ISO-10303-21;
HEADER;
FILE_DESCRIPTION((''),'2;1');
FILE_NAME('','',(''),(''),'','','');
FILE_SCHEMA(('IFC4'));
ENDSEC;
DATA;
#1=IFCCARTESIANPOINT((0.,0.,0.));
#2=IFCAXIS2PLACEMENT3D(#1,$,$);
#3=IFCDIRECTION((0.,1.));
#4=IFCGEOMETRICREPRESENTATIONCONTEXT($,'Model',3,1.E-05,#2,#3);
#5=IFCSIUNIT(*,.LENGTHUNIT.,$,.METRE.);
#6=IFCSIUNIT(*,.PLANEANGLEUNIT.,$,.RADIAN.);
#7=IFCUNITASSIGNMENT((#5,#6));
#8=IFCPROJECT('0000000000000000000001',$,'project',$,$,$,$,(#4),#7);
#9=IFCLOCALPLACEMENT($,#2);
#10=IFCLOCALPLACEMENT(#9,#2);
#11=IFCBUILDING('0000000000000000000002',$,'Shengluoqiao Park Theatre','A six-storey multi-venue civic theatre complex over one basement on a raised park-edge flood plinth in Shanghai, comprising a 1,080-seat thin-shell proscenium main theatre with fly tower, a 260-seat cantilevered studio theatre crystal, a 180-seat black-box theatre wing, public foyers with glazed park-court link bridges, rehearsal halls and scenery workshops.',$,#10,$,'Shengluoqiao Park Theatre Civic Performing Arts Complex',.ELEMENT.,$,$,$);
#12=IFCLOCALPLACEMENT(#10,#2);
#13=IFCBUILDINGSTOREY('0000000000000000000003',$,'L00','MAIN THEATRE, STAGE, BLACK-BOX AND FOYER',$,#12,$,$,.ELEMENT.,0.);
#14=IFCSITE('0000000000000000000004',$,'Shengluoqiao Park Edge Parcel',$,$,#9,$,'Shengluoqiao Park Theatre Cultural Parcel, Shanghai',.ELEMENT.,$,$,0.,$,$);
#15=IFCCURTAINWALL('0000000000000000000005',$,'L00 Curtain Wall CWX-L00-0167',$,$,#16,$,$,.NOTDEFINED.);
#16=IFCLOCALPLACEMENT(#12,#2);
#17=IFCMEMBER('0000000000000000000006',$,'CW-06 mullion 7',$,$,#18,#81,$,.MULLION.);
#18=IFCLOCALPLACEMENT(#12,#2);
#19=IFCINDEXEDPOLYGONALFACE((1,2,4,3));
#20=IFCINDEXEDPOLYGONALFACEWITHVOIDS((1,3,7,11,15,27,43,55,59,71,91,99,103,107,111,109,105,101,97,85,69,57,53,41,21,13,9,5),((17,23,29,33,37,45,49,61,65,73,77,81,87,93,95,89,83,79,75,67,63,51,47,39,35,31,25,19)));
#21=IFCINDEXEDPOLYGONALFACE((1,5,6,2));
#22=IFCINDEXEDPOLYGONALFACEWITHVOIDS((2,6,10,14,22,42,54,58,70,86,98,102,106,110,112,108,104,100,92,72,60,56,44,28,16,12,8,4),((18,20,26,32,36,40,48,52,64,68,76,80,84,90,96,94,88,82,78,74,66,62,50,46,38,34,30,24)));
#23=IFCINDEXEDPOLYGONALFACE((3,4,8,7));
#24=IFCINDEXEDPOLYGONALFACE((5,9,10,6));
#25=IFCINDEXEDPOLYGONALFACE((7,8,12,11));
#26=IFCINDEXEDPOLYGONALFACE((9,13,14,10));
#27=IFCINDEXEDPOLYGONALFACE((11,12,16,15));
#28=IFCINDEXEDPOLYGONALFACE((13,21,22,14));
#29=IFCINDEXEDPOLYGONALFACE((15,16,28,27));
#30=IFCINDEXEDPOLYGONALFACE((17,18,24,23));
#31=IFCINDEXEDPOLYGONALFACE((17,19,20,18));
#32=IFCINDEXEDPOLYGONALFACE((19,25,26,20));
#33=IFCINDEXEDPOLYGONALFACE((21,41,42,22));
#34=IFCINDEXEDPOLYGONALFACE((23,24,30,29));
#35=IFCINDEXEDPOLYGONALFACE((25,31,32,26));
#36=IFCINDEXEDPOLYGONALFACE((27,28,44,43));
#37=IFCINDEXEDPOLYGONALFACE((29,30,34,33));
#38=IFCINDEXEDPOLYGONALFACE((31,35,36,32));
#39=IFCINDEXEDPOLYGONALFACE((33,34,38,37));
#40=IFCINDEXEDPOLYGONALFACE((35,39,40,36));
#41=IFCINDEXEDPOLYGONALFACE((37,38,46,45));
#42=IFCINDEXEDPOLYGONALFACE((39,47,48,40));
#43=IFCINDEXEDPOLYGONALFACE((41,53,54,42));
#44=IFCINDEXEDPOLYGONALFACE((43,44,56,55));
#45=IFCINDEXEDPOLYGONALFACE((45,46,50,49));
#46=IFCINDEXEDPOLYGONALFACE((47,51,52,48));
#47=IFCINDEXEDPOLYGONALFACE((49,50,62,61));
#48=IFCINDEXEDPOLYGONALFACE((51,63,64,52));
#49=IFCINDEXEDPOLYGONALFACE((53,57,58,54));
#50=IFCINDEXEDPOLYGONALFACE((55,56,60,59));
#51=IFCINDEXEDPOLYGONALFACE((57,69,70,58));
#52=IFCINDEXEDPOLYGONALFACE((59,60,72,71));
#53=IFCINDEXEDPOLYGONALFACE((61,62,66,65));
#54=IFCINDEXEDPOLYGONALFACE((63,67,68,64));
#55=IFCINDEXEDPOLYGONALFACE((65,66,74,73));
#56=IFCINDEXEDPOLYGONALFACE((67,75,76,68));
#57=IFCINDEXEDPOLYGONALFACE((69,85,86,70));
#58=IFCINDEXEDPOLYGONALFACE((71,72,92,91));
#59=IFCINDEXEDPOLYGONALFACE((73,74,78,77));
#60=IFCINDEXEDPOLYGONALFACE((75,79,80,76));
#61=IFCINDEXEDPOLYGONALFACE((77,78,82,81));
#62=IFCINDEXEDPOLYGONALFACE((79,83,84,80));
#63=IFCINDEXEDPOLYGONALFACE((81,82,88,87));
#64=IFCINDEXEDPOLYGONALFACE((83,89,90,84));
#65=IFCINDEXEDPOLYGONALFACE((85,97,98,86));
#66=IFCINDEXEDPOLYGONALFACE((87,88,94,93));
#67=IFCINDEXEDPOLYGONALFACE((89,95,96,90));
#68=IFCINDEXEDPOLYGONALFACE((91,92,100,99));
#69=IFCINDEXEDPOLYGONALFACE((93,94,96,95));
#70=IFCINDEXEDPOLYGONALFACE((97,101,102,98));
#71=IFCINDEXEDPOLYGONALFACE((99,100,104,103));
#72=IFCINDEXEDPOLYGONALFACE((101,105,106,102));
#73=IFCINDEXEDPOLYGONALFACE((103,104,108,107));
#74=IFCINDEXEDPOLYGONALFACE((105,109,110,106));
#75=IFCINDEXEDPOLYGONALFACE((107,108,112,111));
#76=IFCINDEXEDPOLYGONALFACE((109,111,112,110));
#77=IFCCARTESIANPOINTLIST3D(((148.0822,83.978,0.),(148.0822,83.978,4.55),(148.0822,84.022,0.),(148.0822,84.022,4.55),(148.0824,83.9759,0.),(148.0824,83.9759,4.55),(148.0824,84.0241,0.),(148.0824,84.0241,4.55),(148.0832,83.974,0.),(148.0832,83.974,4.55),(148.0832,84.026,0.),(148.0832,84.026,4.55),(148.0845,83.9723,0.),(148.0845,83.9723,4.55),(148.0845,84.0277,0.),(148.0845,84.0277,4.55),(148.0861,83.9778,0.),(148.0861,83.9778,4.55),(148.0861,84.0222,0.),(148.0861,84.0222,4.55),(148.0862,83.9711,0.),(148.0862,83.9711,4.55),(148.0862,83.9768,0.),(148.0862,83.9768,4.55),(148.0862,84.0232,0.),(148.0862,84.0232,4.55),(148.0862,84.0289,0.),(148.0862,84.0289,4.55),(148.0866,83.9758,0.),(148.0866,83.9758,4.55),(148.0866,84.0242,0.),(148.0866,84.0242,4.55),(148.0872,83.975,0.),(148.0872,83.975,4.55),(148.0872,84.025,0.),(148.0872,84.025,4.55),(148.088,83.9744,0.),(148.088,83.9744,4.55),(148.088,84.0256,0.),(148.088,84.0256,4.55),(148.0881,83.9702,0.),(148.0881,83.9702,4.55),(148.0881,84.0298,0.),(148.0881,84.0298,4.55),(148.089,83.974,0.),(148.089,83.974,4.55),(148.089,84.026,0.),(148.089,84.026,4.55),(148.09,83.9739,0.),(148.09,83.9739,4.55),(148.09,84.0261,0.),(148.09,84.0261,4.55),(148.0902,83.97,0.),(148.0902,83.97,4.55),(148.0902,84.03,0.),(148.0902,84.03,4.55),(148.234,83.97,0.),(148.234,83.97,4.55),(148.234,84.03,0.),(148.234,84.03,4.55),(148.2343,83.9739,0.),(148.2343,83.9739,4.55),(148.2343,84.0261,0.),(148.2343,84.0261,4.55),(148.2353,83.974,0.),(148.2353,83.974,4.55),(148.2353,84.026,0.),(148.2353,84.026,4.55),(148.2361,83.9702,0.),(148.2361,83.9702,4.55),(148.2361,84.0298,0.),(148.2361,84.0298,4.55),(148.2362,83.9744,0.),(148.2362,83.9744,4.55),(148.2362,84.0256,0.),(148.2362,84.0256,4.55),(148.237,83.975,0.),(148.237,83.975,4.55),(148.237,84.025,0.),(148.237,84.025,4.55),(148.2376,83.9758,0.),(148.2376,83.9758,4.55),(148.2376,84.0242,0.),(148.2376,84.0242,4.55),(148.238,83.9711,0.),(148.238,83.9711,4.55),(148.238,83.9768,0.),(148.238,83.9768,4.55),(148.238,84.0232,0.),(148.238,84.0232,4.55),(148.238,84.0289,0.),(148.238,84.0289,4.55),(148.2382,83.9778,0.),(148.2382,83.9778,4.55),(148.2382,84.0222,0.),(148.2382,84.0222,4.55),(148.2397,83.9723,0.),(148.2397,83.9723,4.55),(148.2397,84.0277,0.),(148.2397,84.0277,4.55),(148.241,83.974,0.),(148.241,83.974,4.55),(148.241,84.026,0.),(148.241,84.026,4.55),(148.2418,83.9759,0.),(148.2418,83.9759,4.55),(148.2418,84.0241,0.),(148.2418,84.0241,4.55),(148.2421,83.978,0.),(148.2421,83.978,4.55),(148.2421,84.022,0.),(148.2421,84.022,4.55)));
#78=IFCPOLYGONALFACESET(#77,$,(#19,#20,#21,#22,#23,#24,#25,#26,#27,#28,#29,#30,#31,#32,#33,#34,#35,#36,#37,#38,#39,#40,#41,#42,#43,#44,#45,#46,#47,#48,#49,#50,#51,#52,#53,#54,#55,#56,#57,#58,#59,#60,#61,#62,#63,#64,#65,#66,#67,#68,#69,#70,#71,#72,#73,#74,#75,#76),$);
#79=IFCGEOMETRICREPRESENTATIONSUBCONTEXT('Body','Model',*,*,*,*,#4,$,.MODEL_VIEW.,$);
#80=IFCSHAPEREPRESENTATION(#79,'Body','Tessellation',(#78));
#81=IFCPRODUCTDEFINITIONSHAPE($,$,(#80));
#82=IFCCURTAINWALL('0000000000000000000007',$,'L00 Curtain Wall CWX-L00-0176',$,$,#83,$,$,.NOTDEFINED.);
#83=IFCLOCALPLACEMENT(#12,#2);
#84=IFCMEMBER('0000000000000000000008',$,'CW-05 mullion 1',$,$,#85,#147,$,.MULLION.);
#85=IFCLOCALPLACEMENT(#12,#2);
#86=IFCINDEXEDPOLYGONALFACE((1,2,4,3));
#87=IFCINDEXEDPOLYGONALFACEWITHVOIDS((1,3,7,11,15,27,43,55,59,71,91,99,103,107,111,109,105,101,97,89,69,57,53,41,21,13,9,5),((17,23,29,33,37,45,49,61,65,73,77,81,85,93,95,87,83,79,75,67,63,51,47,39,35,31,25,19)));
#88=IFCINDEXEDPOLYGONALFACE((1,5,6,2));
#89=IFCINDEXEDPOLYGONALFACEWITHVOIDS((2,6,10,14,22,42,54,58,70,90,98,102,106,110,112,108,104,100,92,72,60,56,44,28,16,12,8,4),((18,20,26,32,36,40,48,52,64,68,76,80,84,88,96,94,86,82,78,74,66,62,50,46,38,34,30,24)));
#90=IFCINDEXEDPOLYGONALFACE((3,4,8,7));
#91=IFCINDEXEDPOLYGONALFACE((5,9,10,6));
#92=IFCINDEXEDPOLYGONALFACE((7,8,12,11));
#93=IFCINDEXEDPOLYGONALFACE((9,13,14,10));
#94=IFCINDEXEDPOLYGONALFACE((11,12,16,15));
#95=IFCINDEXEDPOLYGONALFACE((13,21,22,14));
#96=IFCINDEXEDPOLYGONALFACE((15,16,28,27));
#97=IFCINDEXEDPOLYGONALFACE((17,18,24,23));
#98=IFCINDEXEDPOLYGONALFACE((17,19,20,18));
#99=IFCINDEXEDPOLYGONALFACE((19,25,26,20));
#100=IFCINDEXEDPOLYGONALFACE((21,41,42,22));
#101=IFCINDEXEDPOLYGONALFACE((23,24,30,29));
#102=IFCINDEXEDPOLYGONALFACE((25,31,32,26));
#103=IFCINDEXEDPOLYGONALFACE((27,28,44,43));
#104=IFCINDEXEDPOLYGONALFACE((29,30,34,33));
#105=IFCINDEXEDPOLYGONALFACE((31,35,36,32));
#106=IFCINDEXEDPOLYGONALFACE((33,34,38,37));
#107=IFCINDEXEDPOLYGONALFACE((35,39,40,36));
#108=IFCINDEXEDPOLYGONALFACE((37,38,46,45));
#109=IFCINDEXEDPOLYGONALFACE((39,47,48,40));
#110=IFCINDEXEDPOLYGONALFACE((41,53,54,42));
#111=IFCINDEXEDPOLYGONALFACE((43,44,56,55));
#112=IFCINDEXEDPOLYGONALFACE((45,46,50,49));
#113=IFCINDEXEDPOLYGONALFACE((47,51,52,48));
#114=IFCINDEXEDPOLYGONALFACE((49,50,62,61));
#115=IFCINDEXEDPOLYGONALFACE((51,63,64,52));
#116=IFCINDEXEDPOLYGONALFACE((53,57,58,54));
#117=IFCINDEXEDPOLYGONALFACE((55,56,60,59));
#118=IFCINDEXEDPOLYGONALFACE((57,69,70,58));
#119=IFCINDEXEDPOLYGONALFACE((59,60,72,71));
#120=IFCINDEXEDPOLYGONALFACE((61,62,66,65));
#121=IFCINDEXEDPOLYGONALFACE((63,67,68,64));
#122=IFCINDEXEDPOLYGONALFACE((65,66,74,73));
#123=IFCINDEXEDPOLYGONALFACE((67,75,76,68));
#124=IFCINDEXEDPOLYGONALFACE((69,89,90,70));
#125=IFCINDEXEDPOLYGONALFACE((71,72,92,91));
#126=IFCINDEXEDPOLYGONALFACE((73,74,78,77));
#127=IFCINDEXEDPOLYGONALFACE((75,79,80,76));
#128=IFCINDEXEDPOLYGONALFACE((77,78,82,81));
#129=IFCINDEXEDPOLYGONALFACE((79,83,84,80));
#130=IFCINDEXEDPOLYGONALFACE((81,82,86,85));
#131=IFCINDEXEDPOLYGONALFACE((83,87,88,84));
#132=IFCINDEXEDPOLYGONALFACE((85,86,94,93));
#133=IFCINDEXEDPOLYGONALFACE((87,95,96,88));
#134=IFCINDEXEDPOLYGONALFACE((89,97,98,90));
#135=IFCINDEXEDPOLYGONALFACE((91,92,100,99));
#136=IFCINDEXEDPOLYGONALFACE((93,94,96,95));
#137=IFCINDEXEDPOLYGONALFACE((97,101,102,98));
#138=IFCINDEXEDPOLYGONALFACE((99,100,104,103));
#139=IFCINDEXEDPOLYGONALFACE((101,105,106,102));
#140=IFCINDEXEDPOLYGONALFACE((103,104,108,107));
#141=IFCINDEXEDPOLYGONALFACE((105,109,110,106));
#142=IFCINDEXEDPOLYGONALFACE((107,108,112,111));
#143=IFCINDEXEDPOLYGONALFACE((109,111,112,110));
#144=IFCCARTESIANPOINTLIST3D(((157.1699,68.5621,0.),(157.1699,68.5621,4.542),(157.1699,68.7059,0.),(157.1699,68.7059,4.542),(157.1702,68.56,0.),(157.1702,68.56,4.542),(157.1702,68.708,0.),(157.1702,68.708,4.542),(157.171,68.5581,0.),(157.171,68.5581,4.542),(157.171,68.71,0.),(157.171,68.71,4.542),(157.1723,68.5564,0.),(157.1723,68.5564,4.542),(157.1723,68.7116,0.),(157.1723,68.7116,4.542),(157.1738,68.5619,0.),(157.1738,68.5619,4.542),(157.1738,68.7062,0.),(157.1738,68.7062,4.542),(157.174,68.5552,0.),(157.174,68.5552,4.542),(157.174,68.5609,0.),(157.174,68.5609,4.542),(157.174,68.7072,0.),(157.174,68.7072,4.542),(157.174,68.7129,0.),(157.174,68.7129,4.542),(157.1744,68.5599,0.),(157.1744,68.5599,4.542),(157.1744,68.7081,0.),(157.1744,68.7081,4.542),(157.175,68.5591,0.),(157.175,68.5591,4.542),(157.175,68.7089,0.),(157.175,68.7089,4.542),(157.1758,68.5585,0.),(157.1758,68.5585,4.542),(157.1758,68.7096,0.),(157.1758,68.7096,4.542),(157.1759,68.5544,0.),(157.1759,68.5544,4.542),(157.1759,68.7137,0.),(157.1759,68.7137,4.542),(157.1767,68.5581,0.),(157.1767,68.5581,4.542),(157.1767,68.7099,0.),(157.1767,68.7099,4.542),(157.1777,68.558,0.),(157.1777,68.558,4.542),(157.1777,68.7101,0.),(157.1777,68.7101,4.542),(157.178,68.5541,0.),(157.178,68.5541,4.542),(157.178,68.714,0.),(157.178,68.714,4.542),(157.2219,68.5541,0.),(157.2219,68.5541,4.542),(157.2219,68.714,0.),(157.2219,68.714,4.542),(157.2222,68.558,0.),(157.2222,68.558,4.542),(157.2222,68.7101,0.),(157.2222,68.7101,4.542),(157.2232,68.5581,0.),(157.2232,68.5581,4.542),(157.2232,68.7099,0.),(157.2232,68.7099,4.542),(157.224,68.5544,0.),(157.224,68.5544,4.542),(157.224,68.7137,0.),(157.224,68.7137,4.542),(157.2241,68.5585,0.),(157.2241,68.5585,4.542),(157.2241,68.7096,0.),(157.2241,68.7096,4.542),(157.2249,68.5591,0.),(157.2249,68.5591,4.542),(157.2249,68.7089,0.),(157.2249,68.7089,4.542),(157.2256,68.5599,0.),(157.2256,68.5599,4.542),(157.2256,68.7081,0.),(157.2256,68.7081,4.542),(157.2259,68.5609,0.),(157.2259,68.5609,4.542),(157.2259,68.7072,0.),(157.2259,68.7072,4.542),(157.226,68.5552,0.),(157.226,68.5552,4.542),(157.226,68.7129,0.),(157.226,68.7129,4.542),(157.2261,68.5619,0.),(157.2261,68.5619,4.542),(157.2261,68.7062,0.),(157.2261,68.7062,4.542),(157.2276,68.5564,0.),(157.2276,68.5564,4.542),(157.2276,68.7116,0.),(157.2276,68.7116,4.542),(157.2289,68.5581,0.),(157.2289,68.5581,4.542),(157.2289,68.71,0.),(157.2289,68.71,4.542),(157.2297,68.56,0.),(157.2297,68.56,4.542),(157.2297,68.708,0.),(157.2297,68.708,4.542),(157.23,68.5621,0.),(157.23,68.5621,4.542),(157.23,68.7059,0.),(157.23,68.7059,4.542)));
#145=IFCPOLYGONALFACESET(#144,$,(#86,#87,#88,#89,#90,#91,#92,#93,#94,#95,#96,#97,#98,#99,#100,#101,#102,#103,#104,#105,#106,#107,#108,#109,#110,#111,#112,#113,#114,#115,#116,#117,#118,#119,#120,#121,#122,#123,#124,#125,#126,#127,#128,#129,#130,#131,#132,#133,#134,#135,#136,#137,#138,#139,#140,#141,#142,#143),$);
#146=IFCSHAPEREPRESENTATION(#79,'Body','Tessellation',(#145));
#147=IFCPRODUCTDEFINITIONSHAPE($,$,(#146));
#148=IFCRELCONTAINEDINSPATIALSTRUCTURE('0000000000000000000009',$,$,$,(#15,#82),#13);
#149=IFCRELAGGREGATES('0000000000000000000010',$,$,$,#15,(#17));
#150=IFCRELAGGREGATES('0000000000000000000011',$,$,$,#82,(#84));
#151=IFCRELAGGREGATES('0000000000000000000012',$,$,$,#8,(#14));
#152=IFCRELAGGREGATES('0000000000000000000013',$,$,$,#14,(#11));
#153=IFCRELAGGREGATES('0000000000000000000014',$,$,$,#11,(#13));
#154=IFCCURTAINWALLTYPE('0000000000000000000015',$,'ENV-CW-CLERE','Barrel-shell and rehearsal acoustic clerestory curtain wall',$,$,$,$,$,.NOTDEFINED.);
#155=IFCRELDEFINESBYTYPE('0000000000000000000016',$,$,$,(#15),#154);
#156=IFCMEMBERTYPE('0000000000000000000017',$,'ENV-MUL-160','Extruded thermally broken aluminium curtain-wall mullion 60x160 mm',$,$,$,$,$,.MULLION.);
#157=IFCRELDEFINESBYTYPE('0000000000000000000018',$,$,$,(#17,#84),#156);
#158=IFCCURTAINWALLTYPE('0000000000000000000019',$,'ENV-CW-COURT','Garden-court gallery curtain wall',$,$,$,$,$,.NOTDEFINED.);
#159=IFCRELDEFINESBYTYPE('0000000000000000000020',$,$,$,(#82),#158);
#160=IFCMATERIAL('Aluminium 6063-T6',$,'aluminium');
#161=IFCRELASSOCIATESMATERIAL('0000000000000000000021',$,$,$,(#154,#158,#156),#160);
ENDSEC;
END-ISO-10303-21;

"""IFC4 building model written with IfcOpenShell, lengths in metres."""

from ifc_helpers import new_model, si_unit, direction, frame, origin, origin_2d, place, context, subcontext, project, spatial, hollow_rectangle, extrude, material, material_profile, profile_set, type_object, element, aggregate, save


model = new_model("IFC4")

# Units and contexts
model_context = context("Model", 3, precision=1e-05, world=origin(), true_north=direction((0.0, 1.0)))
body_context = subcontext(model_context, "Body", "Model", "MODEL_VIEW")
ifc_project = project(units=[si_unit("LENGTHUNIT", "METRE"), si_unit("PLANEANGLEUNIT", "RADIAN")], contexts=[model_context])

# Site, building, storey
site_placement = place(None, origin())
site = spatial("IfcSite", under=ifc_project, at=site_placement, Name="Shengluoqiao Park Edge Parcel", LongName="Shengluoqiao Park Theatre Cultural Parcel, Shanghai", CompositionType="ELEMENT", RefElevation=0.0)
building_placement = place(site_placement, origin())
building = spatial("IfcBuilding", under=site, at=building_placement, Name="Shengluoqiao Park Theatre", Description="A six-storey multi-venue civic theatre complex over one basement on a raised park-edge flood plinth in Shanghai, comprising a 1,080-seat thin-shell proscenium main theatre with fly tower, a 260-seat cantilevered studio theatre crystal, a 180-seat black-box theatre wing, public foyers with glazed park-court link bridges, rehearsal halls and scenery workshops.", LongName="Shengluoqiao Park Theatre Civic Performing Arts Complex", CompositionType="ELEMENT")
storey_placement = place(building_placement, origin())
storey = spatial("IfcBuildingStorey", under=building, at=storey_placement, Name="L00", Description="MAIN THEATRE, STAGE, BLACK-BOX AND FOYER", CompositionType="ELEMENT", Elevation=0.0)

# Curtain wall, member
ifc_material_1 = material(Name="Aluminium 6063-T6", Category="aluminium")
curtain_wall_type_1 = type_object("IfcCurtainWallType", Name="ENV-CW-CLERE", Description="Barrel-shell and rehearsal acoustic clerestory curtain wall", PredefinedType="NOTDEFINED", material=ifc_material_1)
curtain_wall_1_placement = place(storey_placement, origin())
curtain_wall_1 = element("IfcCurtainWall", 1, at=curtain_wall_1_placement, inside=storey, type_object=curtain_wall_type_1, Name="L00 Curtain Wall CWX-L00-0167", PredefinedType="NOTDEFINED")
ifc_material_profile_1 = material_profile(ifc_material_1, hollow_rectangle(XDim=0.0601, YDim=0.1599, WallThickness=0.0039, InnerFilletRadius=0.0039, OuterFilletRadius=0.0081, at=origin_2d()), Name="ALU MULLION 160x60x4")
ifc_profile_set_1 = profile_set([ifc_material_profile_1], Name="Aluminium 6063-T6")
member_type_1 = type_object("IfcMemberType", Name="ENV-MUL-160", Description="Extruded thermally broken aluminium curtain-wall mullion 60x160 mm", PredefinedType="MULLION", material=ifc_profile_set_1)
member_1_placement = place(storey_placement, frame((148.1621, 84.0, 0.0), z_axis=(0.0, 0.0, 1.0), x_axis=(0.0, 1.0, 0.0)))
member_1 = element("IfcMember", 2, at=member_1_placement, type_object=member_type_1, Name="CW-06 mullion 7", PredefinedType="MULLION", context=body_context, shape_type="SweptSolid", body=[
    extrude(hollow_rectangle(XDim=0.0601, YDim=0.1599, WallThickness=0.0039, InnerFilletRadius=0.0039, OuterFilletRadius=0.0081, at=origin_2d()), origin(), (0.0, 0.0, 1.0), 4.55),
])

# Curtain wall, member
curtain_wall_type_2 = type_object("IfcCurtainWallType", Name="ENV-CW-COURT", Description="Garden-court gallery curtain wall", PredefinedType="NOTDEFINED", material=ifc_material_1)
curtain_wall_2_placement = place(storey_placement, origin())
curtain_wall_2 = element("IfcCurtainWall", 3, at=curtain_wall_2_placement, inside=storey, type_object=curtain_wall_type_2, Name="L00 Curtain Wall CWX-L00-0176", PredefinedType="NOTDEFINED")
member_2_placement = place(storey_placement, frame((157.2, 68.634, 0.0), z_axis=(0.0, 0.0, 1.0), x_axis=(-1.0, 0.0, 0.0)))
member_2 = element("IfcMember", 4, at=member_2_placement, type_object=member_type_1, Name="CW-05 mullion 1", PredefinedType="MULLION", context=body_context, shape_type="SweptSolid", body=[
    extrude(hollow_rectangle(XDim=0.0601, YDim=0.1599, WallThickness=0.0039, InnerFilletRadius=0.0039, OuterFilletRadius=0.0081, at=origin_2d()), origin(), (0.0, 0.0, 1.0), 4.542),
])

aggregate(curtain_wall_1, [member_1])
aggregate(curtain_wall_2, [member_2])

save(model, "model.ifc")
